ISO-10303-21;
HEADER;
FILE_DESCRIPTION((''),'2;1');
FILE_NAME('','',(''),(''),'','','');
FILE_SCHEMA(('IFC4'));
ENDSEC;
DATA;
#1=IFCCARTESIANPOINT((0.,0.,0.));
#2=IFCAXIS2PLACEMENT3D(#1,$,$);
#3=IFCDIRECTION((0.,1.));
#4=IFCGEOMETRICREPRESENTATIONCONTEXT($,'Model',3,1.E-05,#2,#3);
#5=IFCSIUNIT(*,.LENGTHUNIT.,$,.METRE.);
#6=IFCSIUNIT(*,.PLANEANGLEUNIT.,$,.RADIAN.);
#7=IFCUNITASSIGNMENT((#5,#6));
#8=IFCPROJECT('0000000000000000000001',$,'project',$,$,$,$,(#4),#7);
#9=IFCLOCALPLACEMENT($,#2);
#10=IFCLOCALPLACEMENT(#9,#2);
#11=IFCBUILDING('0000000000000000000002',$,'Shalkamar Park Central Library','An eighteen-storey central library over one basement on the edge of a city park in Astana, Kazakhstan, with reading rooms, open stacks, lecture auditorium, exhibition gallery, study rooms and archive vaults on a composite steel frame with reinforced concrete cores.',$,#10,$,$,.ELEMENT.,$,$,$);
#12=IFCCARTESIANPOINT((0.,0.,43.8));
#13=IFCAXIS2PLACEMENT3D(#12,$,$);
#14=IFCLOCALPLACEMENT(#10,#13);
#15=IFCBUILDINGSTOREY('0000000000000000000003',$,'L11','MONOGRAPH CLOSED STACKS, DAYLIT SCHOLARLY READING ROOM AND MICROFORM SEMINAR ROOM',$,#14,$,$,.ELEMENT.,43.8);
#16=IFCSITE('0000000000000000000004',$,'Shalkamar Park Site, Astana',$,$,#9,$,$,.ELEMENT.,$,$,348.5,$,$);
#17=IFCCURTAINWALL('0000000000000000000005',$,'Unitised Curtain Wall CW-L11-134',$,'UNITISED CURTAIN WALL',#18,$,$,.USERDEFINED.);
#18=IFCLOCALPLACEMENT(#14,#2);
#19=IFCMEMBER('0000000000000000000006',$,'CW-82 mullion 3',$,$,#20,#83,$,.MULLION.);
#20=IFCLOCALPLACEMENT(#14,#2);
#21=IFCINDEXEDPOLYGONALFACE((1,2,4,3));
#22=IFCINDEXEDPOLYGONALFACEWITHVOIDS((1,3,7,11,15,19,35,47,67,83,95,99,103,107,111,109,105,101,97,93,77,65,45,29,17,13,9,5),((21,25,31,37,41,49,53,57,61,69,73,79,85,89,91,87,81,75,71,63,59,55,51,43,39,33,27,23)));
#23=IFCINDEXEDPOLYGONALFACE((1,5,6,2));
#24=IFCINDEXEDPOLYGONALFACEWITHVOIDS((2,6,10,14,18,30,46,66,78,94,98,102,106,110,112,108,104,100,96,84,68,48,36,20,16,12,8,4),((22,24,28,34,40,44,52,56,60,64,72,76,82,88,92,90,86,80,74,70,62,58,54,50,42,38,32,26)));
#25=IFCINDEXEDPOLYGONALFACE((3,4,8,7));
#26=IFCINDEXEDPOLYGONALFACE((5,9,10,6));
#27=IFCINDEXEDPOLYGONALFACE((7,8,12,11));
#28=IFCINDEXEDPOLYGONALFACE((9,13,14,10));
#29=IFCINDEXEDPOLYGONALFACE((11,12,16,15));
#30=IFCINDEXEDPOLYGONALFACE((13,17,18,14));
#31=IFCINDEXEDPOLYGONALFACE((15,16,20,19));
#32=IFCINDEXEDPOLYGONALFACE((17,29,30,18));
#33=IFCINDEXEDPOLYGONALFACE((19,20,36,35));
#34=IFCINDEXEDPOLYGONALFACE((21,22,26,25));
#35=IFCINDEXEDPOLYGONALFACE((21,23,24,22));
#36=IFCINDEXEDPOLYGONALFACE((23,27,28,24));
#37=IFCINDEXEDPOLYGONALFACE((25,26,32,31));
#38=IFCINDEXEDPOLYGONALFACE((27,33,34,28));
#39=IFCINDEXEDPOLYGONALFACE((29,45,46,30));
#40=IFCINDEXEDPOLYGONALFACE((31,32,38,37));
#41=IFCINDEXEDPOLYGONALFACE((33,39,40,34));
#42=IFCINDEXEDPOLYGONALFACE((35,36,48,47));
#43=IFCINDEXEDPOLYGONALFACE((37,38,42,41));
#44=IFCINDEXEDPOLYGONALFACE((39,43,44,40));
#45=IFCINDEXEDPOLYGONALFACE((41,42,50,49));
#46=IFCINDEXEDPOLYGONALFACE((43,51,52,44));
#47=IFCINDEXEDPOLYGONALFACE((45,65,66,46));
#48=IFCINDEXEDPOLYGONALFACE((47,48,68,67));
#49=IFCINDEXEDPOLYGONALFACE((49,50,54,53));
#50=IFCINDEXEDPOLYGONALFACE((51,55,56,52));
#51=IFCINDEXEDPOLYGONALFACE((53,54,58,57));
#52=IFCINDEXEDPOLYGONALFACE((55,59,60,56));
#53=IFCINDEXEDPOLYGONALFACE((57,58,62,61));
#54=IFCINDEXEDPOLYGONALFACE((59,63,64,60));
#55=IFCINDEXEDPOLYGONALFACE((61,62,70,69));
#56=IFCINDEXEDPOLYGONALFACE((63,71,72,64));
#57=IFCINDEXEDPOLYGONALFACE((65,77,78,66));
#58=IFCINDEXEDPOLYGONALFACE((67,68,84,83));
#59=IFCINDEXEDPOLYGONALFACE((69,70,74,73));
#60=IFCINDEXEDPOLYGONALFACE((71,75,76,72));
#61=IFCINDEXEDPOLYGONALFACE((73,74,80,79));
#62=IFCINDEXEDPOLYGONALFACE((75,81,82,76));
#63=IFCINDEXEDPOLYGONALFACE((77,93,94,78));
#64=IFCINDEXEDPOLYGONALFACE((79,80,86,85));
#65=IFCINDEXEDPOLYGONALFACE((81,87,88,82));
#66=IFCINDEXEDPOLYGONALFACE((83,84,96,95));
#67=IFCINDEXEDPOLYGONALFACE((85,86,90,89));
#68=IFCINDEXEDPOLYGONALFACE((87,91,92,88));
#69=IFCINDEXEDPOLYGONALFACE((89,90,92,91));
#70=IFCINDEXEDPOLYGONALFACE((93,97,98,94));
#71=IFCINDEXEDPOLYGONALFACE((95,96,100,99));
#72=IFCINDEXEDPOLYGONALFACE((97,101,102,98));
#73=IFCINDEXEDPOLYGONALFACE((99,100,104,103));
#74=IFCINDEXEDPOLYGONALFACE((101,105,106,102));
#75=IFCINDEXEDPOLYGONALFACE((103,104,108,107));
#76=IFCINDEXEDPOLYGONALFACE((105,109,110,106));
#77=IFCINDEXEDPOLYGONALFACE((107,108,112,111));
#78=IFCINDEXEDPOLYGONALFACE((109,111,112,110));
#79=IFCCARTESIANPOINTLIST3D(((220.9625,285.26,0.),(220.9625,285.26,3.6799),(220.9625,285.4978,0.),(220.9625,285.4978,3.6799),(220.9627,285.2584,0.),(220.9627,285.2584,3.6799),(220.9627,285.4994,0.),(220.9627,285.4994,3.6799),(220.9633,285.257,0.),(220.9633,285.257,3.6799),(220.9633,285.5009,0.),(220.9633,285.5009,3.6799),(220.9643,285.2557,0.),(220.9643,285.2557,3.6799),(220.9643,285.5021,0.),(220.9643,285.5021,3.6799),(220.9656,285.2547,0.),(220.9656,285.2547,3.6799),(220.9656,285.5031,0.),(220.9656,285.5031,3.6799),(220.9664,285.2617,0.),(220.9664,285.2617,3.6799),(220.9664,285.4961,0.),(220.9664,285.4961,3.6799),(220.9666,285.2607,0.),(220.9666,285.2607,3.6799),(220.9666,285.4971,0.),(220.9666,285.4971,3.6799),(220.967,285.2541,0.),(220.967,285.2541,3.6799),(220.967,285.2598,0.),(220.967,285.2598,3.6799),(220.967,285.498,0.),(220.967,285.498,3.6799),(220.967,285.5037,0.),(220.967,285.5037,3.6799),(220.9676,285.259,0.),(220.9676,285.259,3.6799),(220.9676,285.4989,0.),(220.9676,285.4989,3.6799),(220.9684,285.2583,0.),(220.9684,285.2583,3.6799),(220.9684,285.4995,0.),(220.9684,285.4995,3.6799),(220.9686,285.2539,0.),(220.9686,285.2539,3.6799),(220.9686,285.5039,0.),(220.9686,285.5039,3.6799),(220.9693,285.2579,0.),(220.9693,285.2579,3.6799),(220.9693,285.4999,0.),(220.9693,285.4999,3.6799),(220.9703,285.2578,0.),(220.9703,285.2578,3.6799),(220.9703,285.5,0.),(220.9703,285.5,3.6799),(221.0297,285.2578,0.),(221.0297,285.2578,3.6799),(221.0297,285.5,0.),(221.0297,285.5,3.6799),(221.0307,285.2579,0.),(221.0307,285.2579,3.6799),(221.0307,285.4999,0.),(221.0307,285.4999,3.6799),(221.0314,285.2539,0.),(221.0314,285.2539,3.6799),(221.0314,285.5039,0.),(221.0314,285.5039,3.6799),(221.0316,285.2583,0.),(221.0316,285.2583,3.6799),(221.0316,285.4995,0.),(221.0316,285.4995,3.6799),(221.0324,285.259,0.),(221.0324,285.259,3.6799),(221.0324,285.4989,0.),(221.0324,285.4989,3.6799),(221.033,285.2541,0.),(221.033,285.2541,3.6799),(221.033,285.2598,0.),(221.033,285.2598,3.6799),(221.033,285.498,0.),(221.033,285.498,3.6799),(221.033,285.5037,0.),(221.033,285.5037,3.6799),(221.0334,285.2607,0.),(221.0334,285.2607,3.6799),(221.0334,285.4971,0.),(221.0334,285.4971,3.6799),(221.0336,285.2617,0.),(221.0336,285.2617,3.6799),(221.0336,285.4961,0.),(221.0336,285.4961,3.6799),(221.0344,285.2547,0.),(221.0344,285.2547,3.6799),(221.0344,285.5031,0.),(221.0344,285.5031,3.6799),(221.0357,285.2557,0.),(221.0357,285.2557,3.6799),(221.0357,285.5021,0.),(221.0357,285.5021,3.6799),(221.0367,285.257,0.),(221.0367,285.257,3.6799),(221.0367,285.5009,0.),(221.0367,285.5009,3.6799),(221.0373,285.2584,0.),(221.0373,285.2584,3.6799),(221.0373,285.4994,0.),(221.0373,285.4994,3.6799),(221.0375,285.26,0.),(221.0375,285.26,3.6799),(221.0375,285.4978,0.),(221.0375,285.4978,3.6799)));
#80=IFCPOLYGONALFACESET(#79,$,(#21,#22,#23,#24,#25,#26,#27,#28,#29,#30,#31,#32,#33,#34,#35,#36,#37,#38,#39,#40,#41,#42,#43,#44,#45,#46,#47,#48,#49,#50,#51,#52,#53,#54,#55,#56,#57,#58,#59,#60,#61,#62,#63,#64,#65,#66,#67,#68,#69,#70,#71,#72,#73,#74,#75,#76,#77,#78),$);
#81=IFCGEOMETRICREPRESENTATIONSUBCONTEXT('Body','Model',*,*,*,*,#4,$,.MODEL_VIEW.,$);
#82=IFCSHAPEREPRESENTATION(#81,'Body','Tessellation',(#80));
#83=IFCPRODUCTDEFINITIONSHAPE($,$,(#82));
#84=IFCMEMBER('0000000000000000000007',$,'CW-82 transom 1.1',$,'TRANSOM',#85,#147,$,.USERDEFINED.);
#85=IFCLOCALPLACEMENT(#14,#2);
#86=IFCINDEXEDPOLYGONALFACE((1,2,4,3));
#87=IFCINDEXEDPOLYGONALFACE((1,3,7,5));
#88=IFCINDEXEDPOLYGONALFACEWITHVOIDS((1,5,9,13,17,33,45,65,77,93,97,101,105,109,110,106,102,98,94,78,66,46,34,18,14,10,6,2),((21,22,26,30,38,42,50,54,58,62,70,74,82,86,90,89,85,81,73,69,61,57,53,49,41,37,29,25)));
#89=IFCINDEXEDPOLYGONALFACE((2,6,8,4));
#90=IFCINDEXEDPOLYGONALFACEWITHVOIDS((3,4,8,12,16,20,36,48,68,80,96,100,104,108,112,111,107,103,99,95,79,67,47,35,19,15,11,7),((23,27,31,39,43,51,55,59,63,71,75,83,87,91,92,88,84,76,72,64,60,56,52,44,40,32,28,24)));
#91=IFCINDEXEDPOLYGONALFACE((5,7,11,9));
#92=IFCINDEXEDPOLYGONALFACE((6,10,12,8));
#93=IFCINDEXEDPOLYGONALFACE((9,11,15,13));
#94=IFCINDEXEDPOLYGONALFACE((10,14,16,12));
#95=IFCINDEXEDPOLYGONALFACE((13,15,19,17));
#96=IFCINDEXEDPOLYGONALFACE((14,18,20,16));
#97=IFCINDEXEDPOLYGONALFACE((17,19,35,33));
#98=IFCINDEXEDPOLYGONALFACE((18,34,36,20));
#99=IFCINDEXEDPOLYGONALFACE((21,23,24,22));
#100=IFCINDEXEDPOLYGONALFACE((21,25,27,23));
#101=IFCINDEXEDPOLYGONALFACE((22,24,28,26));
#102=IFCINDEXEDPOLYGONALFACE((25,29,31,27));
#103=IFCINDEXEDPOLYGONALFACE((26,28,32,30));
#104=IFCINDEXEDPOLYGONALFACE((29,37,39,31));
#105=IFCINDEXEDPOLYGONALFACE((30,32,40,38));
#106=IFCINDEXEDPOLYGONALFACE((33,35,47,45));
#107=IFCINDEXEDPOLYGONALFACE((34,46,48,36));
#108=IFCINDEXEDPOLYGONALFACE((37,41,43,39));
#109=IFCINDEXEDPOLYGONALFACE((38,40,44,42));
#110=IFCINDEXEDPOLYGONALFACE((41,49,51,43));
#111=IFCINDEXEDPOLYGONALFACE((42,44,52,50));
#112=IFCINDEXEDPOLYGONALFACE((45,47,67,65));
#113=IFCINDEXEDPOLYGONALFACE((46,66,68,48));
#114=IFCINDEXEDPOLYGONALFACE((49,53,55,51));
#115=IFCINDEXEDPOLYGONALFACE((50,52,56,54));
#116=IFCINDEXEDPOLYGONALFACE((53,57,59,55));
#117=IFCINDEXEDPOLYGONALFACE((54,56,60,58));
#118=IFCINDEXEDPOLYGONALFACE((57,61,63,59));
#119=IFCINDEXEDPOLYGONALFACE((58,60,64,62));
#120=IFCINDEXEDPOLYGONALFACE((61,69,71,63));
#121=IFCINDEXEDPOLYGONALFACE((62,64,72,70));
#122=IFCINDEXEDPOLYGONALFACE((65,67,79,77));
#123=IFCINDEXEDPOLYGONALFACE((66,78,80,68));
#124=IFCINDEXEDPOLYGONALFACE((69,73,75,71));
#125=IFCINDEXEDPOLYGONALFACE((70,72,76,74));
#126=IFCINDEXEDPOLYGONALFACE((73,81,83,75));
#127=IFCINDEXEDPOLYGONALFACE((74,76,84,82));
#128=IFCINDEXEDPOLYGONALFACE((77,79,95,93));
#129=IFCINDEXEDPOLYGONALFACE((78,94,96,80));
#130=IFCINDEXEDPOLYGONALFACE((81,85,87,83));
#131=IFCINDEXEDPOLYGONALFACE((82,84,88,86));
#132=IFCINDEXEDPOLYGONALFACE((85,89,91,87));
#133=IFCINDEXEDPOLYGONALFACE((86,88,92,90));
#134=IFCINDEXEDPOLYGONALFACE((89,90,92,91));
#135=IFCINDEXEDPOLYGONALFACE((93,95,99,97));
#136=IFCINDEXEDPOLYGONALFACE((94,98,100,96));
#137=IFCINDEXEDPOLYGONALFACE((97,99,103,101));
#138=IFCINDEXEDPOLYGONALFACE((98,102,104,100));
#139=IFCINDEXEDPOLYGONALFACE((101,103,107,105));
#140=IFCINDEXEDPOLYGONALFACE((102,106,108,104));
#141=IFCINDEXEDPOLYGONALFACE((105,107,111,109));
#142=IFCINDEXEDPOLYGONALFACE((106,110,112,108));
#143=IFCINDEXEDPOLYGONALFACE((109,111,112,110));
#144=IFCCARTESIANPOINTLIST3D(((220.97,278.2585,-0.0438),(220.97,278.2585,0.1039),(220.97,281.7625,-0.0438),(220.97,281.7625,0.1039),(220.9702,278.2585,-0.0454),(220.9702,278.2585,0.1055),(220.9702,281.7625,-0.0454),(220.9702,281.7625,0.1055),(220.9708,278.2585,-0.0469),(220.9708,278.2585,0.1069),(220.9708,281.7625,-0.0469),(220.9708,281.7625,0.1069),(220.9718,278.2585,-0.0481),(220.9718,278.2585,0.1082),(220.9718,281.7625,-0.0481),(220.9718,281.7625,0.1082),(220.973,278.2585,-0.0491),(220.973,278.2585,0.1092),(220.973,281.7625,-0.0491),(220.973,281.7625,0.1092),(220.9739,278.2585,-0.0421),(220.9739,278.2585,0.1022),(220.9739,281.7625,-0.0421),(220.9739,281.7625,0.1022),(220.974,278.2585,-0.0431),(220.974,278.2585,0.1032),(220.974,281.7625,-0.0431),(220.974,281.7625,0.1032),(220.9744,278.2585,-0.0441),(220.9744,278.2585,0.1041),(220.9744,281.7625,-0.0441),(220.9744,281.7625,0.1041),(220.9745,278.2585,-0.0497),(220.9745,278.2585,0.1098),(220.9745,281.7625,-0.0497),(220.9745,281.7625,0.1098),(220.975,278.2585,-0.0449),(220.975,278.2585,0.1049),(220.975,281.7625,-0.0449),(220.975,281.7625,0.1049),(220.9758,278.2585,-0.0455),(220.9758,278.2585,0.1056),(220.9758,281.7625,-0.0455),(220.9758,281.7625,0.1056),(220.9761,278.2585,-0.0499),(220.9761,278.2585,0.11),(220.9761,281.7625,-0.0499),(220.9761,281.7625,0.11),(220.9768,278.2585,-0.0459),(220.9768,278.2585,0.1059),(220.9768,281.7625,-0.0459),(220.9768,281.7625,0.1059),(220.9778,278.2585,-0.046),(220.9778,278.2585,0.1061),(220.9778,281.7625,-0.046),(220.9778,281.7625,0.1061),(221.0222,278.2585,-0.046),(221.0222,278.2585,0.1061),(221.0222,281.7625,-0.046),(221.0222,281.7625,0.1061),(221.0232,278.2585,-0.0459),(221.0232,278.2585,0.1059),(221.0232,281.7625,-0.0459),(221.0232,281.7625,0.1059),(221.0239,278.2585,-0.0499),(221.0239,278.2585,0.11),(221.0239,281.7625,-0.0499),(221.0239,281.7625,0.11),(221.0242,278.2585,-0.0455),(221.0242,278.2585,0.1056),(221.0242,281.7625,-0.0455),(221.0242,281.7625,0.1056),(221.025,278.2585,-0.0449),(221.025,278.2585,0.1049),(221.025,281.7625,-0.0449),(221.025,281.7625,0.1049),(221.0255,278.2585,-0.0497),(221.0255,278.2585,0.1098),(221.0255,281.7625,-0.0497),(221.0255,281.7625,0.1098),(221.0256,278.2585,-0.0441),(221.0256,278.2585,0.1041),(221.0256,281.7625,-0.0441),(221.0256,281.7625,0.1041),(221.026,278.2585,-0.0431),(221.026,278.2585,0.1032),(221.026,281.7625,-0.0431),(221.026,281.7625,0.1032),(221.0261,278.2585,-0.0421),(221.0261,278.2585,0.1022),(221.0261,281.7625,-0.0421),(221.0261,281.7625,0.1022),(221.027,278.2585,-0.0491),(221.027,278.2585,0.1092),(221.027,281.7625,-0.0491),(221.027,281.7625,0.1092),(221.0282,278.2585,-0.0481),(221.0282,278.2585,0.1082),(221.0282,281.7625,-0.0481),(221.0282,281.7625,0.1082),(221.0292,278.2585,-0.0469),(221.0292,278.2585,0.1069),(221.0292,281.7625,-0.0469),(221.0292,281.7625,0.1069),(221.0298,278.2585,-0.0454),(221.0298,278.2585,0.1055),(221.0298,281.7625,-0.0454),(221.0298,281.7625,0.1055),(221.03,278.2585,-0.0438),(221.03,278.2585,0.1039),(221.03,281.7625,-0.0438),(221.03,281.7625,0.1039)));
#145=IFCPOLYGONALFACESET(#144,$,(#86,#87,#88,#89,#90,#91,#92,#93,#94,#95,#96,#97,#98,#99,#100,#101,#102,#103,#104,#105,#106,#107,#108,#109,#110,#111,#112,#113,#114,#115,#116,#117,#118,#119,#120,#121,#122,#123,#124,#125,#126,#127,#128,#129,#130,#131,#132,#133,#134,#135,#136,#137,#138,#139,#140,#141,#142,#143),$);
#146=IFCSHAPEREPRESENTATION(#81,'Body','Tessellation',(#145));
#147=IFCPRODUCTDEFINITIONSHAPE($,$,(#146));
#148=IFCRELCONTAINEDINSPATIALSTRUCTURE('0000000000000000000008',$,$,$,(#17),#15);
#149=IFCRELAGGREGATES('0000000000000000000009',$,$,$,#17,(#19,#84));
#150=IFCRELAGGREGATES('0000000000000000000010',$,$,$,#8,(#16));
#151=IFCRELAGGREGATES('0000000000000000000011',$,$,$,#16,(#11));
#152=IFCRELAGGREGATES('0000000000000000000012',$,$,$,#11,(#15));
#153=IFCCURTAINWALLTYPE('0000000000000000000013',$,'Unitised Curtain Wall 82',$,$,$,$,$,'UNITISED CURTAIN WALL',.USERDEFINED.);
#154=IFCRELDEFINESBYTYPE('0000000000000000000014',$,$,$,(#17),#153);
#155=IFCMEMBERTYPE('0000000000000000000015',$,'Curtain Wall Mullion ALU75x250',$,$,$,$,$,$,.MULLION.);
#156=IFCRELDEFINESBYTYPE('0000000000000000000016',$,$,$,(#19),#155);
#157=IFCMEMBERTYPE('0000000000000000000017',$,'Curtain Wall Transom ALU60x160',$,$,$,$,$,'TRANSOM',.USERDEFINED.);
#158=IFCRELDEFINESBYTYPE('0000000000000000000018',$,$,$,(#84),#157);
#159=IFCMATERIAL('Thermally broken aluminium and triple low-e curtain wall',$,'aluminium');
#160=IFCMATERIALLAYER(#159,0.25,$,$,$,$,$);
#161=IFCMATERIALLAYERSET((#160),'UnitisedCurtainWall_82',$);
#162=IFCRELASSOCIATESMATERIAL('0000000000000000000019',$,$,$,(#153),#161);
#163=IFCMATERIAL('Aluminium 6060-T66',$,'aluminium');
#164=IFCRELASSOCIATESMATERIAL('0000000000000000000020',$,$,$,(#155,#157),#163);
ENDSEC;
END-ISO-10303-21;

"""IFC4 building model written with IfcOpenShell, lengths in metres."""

from ifc_helpers import new_model, si_unit, direction, frame, origin, origin_2d, place, context, subcontext, project, spatial, hollow_rectangle, extrude, material, layer, layer_set, material_profile, profile_set, type_object, element, aggregate, save


model = new_model("IFC4")

# Units and contexts
model_context = context("Model", 3, precision=1e-05, world=origin(), true_north=direction((0.0, 1.0)))
body_context = subcontext(model_context, "Body", "Model", "MODEL_VIEW")
ifc_project = project(units=[si_unit("LENGTHUNIT", "METRE"), si_unit("PLANEANGLEUNIT", "RADIAN")], contexts=[model_context])

# Site, building, storey
site_placement = place(None, origin())
site = spatial("IfcSite", under=ifc_project, at=site_placement, Name="Shalkamar Park Site, Astana", CompositionType="ELEMENT", RefElevation=348.5)
building_placement = place(site_placement, origin())
building = spatial("IfcBuilding", under=site, at=building_placement, Name="Shalkamar Park Central Library", Description="An eighteen-storey central library over one basement on the edge of a city park in Astana, Kazakhstan, with reading rooms, open stacks, lecture auditorium, exhibition gallery, study rooms and archive vaults on a composite steel frame with reinforced concrete cores.", CompositionType="ELEMENT")
storey_placement = place(building_placement, frame((0.0, 0.0, 43.8)))
storey = spatial("IfcBuildingStorey", under=building, at=storey_placement, Name="L11", Description="MONOGRAPH CLOSED STACKS, DAYLIT SCHOLARLY READING ROOM AND MICROFORM SEMINAR ROOM", CompositionType="ELEMENT", Elevation=43.8)

# Curtain wall, members
ifc_material_1 = material(Name="Thermally broken aluminium and triple low-e curtain wall", Category="aluminium")
ifc_layer_1 = layer(ifc_material_1, 0.25)
ifc_layer_set_1 = layer_set([ifc_layer_1], Name="UnitisedCurtainWall_82")
curtain_wall_type_1 = type_object("IfcCurtainWallType", Name="Unitised Curtain Wall 82", ElementType="UNITISED CURTAIN WALL", PredefinedType="USERDEFINED", material=ifc_layer_set_1)
curtain_wall_1_placement = place(storey_placement, origin())
curtain_wall_1 = element("IfcCurtainWall", 1, at=curtain_wall_1_placement, inside=storey, type_object=curtain_wall_type_1, Name="Unitised Curtain Wall CW-L11-134", ObjectType="UNITISED CURTAIN WALL", PredefinedType="USERDEFINED")
ifc_material_2 = material(Name="Aluminium 6060-T66", Category="aluminium")
ifc_material_profile_1 = material_profile(ifc_material_2, hollow_rectangle(XDim=0.075, YDim=0.25, WallThickness=0.0039, InnerFilletRadius=0.0039, OuterFilletRadius=0.0061, at=origin_2d()), Name="ALU 75x250x4")
ifc_profile_set_1 = profile_set([ifc_material_profile_1], Name="Aluminium 6060-T66")
member_type_1 = type_object("IfcMemberType", Name="Curtain Wall Mullion ALU75x250", PredefinedType="MULLION", material=ifc_profile_set_1)
member_1_placement = place(storey_placement, frame((221.0, 285.3789, 0.0), z_axis=(0.0, 0.0, 1.0), x_axis=(-1.0, 0.0, 0.0)))
member_1 = element("IfcMember", 2, at=member_1_placement, type_object=member_type_1, Name="CW-82 mullion 3", PredefinedType="MULLION", context=body_context, shape_type="SweptSolid", body=[
    extrude(hollow_rectangle(XDim=0.075, YDim=0.25, WallThickness=0.0039, InnerFilletRadius=0.0039, OuterFilletRadius=0.0061, at=origin_2d()), origin(), (0.0, 0.0, 1.0), 3.6799),
])
ifc_material_profile_2 = material_profile(ifc_material_2, hollow_rectangle(XDim=0.0601, YDim=0.1599, WallThickness=0.0039, InnerFilletRadius=0.0039, OuterFilletRadius=0.0061, at=origin_2d()), Name="ALU 60x160x4")
ifc_profile_set_2 = profile_set([ifc_material_profile_2], Name="Aluminium 6060-T66")
member_type_2 = type_object("IfcMemberType", Name="Curtain Wall Transom ALU60x160", ElementType="TRANSOM", PredefinedType="USERDEFINED", material=ifc_profile_set_2)
member_2_placement = place(storey_placement, frame((221.0, 278.2585, 0.03), z_axis=(0.0, 1.0, 0.0), x_axis=(-1.0, 0.0, 0.0)))
member_2 = element("IfcMember", 3, at=member_2_placement, type_object=member_type_2, Name="CW-82 transom 1.1", ObjectType="TRANSOM", PredefinedType="USERDEFINED", context=body_context, shape_type="SweptSolid", body=[
    extrude(hollow_rectangle(XDim=0.0601, YDim=0.1599, WallThickness=0.0039, InnerFilletRadius=0.0039, OuterFilletRadius=0.0061, at=origin_2d()), origin(), (0.0, 0.0, 1.0), 3.5039),
])

aggregate(curtain_wall_1, [member_1, member_2])

save(model, "model.ifc")
